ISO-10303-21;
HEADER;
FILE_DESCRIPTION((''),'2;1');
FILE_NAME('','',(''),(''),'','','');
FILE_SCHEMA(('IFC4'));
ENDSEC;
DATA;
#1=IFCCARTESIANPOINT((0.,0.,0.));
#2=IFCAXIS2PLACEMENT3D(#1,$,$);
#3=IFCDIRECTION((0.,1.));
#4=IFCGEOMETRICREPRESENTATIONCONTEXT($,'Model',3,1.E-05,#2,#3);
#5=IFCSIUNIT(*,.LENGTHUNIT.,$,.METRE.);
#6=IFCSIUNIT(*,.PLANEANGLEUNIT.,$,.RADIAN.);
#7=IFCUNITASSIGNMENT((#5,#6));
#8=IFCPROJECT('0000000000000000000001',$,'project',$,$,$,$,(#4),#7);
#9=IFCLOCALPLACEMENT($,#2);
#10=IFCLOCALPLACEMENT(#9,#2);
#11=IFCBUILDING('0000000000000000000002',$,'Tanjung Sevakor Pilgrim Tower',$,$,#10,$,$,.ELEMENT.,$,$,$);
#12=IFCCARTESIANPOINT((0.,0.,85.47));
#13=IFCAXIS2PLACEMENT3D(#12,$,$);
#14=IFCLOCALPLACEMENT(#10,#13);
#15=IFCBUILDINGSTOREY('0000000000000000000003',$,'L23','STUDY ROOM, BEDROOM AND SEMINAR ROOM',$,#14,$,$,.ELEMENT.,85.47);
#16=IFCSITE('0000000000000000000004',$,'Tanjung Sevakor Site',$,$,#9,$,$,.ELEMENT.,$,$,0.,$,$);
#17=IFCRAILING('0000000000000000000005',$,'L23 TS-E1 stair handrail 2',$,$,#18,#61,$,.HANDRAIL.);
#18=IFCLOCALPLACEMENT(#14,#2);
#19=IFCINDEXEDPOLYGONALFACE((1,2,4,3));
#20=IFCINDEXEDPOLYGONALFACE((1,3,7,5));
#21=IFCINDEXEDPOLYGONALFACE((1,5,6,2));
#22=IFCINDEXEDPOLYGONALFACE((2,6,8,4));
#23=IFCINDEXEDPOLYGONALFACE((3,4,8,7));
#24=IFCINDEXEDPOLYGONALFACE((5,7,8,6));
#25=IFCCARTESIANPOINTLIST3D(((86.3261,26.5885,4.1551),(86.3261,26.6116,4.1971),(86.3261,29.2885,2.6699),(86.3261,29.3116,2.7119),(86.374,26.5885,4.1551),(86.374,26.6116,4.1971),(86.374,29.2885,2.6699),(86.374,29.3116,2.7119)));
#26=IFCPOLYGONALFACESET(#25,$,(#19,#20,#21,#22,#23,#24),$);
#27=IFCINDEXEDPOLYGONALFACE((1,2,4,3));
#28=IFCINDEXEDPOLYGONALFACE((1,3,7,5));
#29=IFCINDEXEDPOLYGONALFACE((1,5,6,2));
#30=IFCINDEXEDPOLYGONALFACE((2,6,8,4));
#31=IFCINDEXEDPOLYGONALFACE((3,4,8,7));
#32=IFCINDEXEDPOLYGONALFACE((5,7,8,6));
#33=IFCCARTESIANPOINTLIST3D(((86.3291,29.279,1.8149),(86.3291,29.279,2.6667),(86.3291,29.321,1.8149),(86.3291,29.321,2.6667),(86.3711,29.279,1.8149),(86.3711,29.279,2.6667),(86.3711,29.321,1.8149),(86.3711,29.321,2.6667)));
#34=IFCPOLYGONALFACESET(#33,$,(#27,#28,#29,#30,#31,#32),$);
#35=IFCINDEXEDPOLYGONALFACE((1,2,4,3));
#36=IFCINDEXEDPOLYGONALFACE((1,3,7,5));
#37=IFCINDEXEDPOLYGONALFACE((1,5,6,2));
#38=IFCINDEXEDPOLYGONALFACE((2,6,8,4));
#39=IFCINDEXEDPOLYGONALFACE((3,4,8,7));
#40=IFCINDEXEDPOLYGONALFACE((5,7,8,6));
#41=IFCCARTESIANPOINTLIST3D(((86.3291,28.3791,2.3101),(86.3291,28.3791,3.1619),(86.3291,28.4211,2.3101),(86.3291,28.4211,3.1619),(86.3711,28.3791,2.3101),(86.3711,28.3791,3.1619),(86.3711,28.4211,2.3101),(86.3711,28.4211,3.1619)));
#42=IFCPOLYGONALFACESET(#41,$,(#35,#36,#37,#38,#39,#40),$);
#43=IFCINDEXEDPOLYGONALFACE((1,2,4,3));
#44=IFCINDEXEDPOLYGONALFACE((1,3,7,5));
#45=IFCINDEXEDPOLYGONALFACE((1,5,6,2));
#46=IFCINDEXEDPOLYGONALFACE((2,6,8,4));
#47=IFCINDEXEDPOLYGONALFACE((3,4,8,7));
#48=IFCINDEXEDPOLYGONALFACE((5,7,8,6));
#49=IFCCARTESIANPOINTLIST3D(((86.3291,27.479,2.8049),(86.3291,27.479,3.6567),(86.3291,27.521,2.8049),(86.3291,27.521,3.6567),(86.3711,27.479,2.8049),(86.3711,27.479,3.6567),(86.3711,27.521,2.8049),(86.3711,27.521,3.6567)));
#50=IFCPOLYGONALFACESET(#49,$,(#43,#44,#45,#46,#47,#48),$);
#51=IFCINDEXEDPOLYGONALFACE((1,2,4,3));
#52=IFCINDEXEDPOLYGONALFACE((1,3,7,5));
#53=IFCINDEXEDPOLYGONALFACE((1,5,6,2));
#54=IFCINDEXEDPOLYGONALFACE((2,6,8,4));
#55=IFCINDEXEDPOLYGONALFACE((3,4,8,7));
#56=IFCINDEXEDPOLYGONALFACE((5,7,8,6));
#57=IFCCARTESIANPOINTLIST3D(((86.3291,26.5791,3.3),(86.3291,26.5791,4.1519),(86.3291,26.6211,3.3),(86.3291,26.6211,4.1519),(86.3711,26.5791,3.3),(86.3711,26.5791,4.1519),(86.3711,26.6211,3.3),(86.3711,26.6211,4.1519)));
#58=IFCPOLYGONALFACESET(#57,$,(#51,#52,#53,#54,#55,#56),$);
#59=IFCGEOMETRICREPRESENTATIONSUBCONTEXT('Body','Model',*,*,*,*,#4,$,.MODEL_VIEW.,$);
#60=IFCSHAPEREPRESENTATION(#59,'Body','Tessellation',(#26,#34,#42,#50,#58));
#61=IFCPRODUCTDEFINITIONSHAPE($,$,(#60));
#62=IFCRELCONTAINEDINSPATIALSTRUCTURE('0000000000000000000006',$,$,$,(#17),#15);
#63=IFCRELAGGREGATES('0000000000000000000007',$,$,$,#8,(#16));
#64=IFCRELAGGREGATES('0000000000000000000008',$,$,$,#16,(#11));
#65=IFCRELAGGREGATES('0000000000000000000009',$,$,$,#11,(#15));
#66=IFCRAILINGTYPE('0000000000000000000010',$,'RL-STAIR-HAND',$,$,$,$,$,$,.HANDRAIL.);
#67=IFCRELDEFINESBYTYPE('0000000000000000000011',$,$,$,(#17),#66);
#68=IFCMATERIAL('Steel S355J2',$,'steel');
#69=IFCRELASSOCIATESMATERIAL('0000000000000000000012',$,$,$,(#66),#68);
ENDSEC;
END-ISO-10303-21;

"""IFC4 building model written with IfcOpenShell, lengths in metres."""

from ifc_helpers import new_model, si_unit, direction, frame, origin, place, context, subcontext, project, spatial, rectangle, extrude, material, type_object, element, save


model = new_model("IFC4")

# Units and contexts
model_context = context("Model", 3, precision=1e-05, world=origin(), true_north=direction((0.0, 1.0)))
body_context = subcontext(model_context, "Body", "Model", "MODEL_VIEW")
ifc_project = project(units=[si_unit("LENGTHUNIT", "METRE"), si_unit("PLANEANGLEUNIT", "RADIAN")], contexts=[model_context])

# Site, building, storey
site_placement = place(None, origin())
site = spatial("IfcSite", under=ifc_project, at=site_placement, Name="Tanjung Sevakor Site", CompositionType="ELEMENT", RefElevation=0.0)
building_placement = place(site_placement, origin())
building = spatial("IfcBuilding", under=site, at=building_placement, Name="Tanjung Sevakor Pilgrim Tower", CompositionType="ELEMENT")
storey_placement = place(building_placement, frame((0.0, 0.0, 85.47)))
storey = spatial("IfcBuildingStorey", under=building, at=storey_placement, Name="L23", Description="STUDY ROOM, BEDROOM AND SEMINAR ROOM", CompositionType="ELEMENT", Elevation=85.47)

# Railing
ifc_material_1 = material(Name="Steel S355J2", Category="steel")
railing_type_1 = type_object("IfcRailingType", Name="RL-STAIR-HAND", PredefinedType="HANDRAIL", material=ifc_material_1)
railing_1_placement = place(storey_placement, frame((86.3501, 29.3, 1.8149)))
element("IfcRailing", 1, at=railing_1_placement, inside=storey, type_object=railing_type_1, Name="L23 TS-E1 stair handrail 2", PredefinedType="HANDRAIL", context=body_context, shape_type="SweptSolid", body=[
    extrude(rectangle(XDim=0.0479, YDim=0.0479), frame((0.0, 0.0, 0.876), z_axis=(0.0, -0.876198, 0.481952), x_axis=(1.0, 0.0, 0.0)), (0.0, 0.0, 1.0), 3.0815),
    extrude(rectangle(XDim=0.042, YDim=0.042), origin(), (0.0, 0.0, 1.0), 0.8518),
    extrude(rectangle(XDim=0.042, YDim=0.042), frame((0.0, -0.8999, 0.4951)), (0.0, 0.0, 1.0), 0.8518),
    extrude(rectangle(XDim=0.042, YDim=0.042), frame((0.0, -1.8, 0.99)), (0.0, 0.0, 1.0), 0.8518),
    extrude(rectangle(XDim=0.042, YDim=0.042), frame((0.0, -2.7, 1.4851)), (0.0, 0.0, 1.0), 0.8518),
])

save(model, "model.ifc")
